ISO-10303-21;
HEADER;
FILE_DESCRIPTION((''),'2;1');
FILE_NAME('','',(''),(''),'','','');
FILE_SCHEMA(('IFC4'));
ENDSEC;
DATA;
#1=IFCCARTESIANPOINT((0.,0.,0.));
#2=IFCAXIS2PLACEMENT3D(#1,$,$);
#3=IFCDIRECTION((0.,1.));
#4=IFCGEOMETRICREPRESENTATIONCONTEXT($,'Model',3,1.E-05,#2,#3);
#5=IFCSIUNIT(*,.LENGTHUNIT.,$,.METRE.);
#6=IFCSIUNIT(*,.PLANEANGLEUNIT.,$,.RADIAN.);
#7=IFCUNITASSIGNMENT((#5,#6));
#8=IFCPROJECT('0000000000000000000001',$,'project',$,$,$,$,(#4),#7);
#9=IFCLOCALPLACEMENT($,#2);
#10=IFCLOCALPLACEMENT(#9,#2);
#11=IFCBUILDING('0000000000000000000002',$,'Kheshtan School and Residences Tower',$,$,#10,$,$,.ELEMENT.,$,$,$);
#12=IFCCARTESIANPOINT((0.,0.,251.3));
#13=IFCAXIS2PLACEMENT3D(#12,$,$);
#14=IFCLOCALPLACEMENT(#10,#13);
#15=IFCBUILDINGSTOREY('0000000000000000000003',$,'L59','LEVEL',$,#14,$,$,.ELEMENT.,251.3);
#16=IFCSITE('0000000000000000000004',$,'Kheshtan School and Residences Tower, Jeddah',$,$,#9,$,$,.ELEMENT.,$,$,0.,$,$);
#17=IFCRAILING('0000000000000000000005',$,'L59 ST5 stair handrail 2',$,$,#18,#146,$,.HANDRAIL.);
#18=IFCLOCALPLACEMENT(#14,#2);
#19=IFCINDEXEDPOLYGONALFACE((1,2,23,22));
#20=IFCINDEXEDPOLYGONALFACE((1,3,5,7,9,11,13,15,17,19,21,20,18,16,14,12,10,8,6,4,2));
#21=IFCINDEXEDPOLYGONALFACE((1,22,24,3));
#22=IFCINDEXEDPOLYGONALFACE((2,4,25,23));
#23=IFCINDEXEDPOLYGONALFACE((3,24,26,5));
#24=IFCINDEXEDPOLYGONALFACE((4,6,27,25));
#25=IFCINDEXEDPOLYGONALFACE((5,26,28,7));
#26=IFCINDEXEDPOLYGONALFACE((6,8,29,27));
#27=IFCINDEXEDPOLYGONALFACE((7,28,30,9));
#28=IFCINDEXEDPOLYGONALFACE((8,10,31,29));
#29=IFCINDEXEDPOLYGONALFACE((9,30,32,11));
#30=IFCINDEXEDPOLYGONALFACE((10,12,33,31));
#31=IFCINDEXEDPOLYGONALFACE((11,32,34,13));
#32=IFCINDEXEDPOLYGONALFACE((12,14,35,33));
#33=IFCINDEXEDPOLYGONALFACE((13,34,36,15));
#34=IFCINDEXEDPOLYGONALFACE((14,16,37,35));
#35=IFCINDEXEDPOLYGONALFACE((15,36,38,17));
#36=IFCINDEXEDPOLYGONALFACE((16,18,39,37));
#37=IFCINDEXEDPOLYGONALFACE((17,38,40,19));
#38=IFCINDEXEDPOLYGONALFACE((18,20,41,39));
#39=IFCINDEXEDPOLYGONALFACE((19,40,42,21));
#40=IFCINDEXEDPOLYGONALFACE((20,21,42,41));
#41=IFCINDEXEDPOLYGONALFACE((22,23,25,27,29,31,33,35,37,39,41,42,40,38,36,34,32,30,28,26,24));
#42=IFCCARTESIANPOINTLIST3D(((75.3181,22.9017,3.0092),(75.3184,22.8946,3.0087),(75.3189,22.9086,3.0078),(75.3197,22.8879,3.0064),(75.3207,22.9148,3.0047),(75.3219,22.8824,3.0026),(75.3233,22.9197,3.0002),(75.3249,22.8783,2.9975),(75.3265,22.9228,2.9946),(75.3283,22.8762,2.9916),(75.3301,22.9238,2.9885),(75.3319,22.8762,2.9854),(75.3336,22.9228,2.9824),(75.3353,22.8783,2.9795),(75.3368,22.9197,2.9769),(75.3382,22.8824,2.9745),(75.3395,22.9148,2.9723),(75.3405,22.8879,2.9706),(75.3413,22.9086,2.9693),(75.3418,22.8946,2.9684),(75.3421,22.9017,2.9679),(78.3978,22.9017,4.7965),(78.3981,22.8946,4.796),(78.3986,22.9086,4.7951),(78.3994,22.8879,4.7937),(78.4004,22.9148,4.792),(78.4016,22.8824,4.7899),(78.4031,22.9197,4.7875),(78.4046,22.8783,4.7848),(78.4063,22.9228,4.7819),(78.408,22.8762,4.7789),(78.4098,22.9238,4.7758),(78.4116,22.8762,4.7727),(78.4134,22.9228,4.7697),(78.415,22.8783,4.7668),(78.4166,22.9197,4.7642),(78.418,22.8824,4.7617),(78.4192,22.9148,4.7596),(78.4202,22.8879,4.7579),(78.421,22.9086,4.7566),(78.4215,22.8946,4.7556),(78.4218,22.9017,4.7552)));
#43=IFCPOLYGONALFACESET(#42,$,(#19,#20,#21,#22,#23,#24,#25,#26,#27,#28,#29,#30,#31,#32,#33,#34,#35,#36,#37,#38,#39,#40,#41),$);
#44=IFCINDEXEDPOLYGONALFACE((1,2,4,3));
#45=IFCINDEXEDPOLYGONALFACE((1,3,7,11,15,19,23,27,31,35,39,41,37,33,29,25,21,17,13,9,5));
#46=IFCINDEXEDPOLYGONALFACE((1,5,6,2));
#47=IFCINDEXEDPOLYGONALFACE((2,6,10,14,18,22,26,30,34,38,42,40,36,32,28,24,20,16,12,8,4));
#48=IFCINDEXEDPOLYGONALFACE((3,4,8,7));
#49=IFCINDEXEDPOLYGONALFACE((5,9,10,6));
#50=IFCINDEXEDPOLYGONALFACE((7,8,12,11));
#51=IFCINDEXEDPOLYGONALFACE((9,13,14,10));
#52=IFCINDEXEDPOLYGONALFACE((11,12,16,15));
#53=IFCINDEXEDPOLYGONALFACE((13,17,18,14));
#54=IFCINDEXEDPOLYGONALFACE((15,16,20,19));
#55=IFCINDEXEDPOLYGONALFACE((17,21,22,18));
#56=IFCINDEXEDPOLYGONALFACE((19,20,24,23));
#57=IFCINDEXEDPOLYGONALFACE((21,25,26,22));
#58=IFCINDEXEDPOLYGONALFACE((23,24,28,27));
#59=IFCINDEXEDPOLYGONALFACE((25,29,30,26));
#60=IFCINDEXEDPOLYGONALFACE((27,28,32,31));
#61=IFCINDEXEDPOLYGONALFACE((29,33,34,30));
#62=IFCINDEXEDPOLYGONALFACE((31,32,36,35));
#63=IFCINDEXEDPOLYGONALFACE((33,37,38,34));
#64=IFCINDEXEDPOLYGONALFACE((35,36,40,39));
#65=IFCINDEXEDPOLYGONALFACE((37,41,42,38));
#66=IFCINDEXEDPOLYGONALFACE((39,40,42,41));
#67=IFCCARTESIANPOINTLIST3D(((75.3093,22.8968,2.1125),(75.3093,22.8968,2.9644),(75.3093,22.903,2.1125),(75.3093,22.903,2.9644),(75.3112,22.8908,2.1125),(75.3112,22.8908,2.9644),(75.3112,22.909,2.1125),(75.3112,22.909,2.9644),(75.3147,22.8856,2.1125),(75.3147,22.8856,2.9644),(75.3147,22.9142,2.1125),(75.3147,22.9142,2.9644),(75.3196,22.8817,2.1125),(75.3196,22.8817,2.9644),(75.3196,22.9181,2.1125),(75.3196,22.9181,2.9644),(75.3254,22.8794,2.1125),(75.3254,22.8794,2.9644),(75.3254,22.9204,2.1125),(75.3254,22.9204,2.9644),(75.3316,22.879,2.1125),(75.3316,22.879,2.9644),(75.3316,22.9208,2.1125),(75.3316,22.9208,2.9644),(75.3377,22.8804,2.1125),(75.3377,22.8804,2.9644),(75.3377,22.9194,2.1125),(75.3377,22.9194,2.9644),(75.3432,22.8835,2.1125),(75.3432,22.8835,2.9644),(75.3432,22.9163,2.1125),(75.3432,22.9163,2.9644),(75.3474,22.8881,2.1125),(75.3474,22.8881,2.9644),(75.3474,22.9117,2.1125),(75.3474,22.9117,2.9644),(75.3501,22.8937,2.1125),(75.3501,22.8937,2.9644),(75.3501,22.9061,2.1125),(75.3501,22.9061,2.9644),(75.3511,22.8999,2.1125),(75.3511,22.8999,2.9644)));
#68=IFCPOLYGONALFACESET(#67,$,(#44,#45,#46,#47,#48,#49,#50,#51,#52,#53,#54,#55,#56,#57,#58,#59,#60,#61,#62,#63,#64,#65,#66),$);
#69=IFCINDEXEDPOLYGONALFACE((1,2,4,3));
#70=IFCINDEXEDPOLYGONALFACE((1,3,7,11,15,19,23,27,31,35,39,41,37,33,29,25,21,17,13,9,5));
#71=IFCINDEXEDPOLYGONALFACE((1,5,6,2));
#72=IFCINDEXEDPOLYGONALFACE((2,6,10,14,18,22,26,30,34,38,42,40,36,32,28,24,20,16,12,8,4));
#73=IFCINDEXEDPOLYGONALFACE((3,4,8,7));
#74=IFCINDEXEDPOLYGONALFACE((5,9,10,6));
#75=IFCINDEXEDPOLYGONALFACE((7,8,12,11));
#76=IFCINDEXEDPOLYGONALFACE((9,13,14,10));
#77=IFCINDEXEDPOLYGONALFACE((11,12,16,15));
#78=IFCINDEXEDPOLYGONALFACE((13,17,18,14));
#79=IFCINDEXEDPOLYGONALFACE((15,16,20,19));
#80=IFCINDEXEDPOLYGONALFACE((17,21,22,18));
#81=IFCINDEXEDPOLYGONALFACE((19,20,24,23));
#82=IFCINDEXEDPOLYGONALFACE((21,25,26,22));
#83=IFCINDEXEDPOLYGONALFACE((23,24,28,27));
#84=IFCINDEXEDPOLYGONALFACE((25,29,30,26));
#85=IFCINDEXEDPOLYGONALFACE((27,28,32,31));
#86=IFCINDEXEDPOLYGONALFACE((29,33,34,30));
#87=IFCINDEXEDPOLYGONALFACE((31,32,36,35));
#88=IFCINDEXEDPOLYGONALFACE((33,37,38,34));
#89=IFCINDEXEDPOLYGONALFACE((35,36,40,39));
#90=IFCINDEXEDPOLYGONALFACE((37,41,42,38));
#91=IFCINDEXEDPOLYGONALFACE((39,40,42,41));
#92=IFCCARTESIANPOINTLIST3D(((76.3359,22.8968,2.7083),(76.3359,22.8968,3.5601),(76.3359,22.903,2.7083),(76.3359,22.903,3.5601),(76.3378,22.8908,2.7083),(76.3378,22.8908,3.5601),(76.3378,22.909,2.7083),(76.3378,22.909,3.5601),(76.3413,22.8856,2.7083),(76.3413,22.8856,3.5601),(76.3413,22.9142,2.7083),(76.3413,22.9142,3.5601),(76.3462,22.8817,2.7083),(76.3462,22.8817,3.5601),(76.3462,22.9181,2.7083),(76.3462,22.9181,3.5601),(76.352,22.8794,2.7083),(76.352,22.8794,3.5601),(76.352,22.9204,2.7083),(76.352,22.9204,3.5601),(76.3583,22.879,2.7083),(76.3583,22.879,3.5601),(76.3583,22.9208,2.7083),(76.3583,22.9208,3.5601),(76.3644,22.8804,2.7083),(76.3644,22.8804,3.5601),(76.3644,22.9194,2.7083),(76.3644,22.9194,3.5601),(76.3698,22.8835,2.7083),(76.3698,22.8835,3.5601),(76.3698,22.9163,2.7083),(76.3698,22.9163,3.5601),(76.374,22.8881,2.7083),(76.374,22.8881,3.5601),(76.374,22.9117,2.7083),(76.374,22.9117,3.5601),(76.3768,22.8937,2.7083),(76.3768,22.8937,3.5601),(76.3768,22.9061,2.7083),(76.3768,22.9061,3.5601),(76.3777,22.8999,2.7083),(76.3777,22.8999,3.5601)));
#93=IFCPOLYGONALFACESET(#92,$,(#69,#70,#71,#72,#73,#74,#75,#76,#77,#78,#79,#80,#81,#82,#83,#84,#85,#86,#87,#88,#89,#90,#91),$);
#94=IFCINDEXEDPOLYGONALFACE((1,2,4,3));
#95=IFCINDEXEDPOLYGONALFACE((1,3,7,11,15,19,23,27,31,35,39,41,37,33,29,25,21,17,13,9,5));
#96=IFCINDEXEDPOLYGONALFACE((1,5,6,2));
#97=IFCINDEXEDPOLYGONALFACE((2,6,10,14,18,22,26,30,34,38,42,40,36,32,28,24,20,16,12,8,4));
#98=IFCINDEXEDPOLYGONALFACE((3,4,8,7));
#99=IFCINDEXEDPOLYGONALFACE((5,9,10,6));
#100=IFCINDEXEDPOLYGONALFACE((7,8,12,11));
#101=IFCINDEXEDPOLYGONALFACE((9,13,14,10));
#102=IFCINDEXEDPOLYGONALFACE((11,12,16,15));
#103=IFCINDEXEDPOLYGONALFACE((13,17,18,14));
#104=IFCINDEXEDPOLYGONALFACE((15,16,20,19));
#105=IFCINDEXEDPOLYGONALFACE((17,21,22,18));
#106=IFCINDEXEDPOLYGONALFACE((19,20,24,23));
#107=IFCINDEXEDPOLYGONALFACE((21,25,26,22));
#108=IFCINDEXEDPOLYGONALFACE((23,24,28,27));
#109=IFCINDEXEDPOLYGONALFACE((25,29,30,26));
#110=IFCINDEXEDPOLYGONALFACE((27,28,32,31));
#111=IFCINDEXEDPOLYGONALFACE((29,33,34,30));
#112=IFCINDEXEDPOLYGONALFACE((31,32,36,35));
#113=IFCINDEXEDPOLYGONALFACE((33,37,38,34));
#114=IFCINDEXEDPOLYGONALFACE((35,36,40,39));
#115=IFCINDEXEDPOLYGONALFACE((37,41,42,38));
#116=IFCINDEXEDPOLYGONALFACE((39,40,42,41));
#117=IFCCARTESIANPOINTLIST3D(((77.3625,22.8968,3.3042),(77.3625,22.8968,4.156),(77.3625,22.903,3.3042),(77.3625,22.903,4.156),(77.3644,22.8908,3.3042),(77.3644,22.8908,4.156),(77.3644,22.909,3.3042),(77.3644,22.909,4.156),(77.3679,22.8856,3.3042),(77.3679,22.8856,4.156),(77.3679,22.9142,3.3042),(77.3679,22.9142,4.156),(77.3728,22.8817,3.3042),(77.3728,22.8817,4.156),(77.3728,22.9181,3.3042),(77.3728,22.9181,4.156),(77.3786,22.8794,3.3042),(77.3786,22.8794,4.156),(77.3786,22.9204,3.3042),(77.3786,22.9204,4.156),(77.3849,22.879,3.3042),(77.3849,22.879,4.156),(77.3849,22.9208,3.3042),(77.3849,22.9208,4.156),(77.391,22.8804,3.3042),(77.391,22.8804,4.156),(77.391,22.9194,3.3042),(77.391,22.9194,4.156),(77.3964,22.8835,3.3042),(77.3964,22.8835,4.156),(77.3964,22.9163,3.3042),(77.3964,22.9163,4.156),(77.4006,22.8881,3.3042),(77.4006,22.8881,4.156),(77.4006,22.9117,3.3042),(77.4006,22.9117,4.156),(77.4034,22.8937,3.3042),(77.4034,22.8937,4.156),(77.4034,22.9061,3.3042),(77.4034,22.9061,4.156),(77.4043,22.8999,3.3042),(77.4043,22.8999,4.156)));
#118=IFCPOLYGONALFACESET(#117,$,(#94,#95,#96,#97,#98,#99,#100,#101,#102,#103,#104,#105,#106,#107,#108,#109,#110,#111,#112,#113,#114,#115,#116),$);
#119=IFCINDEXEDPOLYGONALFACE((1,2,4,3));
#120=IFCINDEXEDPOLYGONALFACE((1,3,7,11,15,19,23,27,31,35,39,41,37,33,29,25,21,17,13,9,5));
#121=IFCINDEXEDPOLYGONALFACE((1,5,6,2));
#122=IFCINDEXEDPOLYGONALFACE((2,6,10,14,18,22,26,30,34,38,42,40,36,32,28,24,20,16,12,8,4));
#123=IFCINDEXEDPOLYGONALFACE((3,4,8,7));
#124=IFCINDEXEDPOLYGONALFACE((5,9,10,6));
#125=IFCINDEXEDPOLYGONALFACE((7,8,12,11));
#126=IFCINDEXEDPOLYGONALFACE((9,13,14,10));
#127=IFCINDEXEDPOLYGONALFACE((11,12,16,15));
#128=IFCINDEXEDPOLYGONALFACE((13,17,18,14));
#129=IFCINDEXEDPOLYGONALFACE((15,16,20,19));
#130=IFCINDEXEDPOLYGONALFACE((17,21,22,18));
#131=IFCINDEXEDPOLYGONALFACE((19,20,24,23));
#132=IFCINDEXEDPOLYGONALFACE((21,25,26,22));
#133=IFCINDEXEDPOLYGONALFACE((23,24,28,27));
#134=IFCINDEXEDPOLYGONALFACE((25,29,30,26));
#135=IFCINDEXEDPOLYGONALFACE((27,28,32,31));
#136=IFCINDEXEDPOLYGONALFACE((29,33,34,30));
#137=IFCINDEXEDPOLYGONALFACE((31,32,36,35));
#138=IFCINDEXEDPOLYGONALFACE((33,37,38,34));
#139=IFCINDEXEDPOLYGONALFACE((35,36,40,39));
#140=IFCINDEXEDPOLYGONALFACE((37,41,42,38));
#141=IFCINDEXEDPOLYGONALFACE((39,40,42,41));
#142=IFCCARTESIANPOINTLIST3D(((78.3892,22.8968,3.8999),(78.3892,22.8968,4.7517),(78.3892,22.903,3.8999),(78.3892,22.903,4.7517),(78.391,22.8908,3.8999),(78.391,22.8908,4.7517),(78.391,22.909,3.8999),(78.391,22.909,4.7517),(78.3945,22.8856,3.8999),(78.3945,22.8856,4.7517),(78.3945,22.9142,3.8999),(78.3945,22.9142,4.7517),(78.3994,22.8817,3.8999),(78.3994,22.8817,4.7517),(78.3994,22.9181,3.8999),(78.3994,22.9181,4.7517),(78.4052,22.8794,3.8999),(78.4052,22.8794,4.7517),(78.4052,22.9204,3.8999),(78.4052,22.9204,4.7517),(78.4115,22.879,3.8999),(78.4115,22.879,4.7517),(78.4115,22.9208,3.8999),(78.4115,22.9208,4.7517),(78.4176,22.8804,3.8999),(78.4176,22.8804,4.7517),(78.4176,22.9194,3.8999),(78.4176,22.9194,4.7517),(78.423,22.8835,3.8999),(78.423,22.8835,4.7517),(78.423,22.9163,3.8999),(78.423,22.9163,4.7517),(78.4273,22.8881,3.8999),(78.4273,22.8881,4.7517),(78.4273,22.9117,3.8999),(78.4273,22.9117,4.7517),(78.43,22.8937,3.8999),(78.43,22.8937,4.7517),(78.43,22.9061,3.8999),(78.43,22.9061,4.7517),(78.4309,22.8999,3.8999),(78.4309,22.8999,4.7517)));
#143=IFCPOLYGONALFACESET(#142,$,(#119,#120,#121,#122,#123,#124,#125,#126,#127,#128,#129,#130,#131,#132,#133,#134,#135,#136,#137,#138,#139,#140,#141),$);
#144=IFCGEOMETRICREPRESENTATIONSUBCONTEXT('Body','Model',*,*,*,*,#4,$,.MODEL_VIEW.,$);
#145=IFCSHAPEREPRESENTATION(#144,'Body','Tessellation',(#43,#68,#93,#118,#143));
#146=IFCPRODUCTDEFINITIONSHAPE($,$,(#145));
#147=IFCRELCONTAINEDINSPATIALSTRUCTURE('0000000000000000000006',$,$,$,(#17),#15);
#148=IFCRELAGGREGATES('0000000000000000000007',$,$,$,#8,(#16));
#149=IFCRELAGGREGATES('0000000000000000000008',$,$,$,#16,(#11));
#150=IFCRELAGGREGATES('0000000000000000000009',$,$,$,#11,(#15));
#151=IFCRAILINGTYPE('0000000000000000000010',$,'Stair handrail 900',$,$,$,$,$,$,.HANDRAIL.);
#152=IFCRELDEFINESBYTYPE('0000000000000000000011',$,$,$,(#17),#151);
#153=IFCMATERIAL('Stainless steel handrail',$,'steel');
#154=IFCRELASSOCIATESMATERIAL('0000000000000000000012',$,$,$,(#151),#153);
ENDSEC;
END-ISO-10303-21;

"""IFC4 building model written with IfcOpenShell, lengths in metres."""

from ifc_helpers import new_model, si_unit, direction, frame, origin, origin_2d, place, context, subcontext, project, spatial, circle, extrude, material, type_object, element, save


model = new_model("IFC4")

# Units and contexts
model_context = context("Model", 3, precision=1e-05, world=origin(), true_north=direction((0.0, 1.0)))
body_context = subcontext(model_context, "Body", "Model", "MODEL_VIEW")
ifc_project = project(units=[si_unit("LENGTHUNIT", "METRE"), si_unit("PLANEANGLEUNIT", "RADIAN")], contexts=[model_context])

# Site, building, storey
site_placement = place(None, origin())
site = spatial("IfcSite", under=ifc_project, at=site_placement, Name="Kheshtan School and Residences Tower, Jeddah", CompositionType="ELEMENT", RefElevation=0.0)
building_placement = place(site_placement, origin())
building = spatial("IfcBuilding", under=site, at=building_placement, Name="Kheshtan School and Residences Tower", CompositionType="ELEMENT")
storey_placement = place(building_placement, frame((0.0, 0.0, 251.3)))
storey = spatial("IfcBuildingStorey", under=building, at=storey_placement, Name="L59", Description="LEVEL", CompositionType="ELEMENT", Elevation=251.3)

# Railing
ifc_material_1 = material(Name="Stainless steel handrail", Category="steel")
railing_type = type_object("IfcRailingType", Name="Stair handrail 900", PredefinedType="HANDRAIL", material=ifc_material_1)
railing_placement = place(storey_placement, frame((75.3301, 22.8999, 2.1125)))
element("IfcRailing", 1, at=railing_placement, inside=storey, type_object=railing_type, Name="L59 ST5 stair handrail 2", PredefinedType="HANDRAIL", context=body_context, shape_type="SweptSolid", body=[
    extrude(circle(Radius=0.0239, at=origin_2d()), frame((0.0, 0.0, 0.876), z_axis=(0.864903, 0.0, 0.501939), x_axis=(0.0, 1.0, 0.0)), (0.0, 0.0, 1.0), 3.5608),
    extrude(circle(Radius=0.021, at=origin_2d()), origin(), (0.0, 0.0, 1.0), 0.8518),
    extrude(circle(Radius=0.021, at=origin_2d()), frame((1.0266, 0.0, 0.5957)), (0.0, 0.0, 1.0), 0.8518),
    extrude(circle(Radius=0.021, at=origin_2d()), frame((2.0532, 0.0, 1.1917)), (0.0, 0.0, 1.0), 0.8518),
    extrude(circle(Radius=0.021, at=origin_2d()), frame((3.0798, 0.0, 1.7874)), (0.0, 0.0, 1.0), 0.8518),
])

save(model, "model.ifc")
